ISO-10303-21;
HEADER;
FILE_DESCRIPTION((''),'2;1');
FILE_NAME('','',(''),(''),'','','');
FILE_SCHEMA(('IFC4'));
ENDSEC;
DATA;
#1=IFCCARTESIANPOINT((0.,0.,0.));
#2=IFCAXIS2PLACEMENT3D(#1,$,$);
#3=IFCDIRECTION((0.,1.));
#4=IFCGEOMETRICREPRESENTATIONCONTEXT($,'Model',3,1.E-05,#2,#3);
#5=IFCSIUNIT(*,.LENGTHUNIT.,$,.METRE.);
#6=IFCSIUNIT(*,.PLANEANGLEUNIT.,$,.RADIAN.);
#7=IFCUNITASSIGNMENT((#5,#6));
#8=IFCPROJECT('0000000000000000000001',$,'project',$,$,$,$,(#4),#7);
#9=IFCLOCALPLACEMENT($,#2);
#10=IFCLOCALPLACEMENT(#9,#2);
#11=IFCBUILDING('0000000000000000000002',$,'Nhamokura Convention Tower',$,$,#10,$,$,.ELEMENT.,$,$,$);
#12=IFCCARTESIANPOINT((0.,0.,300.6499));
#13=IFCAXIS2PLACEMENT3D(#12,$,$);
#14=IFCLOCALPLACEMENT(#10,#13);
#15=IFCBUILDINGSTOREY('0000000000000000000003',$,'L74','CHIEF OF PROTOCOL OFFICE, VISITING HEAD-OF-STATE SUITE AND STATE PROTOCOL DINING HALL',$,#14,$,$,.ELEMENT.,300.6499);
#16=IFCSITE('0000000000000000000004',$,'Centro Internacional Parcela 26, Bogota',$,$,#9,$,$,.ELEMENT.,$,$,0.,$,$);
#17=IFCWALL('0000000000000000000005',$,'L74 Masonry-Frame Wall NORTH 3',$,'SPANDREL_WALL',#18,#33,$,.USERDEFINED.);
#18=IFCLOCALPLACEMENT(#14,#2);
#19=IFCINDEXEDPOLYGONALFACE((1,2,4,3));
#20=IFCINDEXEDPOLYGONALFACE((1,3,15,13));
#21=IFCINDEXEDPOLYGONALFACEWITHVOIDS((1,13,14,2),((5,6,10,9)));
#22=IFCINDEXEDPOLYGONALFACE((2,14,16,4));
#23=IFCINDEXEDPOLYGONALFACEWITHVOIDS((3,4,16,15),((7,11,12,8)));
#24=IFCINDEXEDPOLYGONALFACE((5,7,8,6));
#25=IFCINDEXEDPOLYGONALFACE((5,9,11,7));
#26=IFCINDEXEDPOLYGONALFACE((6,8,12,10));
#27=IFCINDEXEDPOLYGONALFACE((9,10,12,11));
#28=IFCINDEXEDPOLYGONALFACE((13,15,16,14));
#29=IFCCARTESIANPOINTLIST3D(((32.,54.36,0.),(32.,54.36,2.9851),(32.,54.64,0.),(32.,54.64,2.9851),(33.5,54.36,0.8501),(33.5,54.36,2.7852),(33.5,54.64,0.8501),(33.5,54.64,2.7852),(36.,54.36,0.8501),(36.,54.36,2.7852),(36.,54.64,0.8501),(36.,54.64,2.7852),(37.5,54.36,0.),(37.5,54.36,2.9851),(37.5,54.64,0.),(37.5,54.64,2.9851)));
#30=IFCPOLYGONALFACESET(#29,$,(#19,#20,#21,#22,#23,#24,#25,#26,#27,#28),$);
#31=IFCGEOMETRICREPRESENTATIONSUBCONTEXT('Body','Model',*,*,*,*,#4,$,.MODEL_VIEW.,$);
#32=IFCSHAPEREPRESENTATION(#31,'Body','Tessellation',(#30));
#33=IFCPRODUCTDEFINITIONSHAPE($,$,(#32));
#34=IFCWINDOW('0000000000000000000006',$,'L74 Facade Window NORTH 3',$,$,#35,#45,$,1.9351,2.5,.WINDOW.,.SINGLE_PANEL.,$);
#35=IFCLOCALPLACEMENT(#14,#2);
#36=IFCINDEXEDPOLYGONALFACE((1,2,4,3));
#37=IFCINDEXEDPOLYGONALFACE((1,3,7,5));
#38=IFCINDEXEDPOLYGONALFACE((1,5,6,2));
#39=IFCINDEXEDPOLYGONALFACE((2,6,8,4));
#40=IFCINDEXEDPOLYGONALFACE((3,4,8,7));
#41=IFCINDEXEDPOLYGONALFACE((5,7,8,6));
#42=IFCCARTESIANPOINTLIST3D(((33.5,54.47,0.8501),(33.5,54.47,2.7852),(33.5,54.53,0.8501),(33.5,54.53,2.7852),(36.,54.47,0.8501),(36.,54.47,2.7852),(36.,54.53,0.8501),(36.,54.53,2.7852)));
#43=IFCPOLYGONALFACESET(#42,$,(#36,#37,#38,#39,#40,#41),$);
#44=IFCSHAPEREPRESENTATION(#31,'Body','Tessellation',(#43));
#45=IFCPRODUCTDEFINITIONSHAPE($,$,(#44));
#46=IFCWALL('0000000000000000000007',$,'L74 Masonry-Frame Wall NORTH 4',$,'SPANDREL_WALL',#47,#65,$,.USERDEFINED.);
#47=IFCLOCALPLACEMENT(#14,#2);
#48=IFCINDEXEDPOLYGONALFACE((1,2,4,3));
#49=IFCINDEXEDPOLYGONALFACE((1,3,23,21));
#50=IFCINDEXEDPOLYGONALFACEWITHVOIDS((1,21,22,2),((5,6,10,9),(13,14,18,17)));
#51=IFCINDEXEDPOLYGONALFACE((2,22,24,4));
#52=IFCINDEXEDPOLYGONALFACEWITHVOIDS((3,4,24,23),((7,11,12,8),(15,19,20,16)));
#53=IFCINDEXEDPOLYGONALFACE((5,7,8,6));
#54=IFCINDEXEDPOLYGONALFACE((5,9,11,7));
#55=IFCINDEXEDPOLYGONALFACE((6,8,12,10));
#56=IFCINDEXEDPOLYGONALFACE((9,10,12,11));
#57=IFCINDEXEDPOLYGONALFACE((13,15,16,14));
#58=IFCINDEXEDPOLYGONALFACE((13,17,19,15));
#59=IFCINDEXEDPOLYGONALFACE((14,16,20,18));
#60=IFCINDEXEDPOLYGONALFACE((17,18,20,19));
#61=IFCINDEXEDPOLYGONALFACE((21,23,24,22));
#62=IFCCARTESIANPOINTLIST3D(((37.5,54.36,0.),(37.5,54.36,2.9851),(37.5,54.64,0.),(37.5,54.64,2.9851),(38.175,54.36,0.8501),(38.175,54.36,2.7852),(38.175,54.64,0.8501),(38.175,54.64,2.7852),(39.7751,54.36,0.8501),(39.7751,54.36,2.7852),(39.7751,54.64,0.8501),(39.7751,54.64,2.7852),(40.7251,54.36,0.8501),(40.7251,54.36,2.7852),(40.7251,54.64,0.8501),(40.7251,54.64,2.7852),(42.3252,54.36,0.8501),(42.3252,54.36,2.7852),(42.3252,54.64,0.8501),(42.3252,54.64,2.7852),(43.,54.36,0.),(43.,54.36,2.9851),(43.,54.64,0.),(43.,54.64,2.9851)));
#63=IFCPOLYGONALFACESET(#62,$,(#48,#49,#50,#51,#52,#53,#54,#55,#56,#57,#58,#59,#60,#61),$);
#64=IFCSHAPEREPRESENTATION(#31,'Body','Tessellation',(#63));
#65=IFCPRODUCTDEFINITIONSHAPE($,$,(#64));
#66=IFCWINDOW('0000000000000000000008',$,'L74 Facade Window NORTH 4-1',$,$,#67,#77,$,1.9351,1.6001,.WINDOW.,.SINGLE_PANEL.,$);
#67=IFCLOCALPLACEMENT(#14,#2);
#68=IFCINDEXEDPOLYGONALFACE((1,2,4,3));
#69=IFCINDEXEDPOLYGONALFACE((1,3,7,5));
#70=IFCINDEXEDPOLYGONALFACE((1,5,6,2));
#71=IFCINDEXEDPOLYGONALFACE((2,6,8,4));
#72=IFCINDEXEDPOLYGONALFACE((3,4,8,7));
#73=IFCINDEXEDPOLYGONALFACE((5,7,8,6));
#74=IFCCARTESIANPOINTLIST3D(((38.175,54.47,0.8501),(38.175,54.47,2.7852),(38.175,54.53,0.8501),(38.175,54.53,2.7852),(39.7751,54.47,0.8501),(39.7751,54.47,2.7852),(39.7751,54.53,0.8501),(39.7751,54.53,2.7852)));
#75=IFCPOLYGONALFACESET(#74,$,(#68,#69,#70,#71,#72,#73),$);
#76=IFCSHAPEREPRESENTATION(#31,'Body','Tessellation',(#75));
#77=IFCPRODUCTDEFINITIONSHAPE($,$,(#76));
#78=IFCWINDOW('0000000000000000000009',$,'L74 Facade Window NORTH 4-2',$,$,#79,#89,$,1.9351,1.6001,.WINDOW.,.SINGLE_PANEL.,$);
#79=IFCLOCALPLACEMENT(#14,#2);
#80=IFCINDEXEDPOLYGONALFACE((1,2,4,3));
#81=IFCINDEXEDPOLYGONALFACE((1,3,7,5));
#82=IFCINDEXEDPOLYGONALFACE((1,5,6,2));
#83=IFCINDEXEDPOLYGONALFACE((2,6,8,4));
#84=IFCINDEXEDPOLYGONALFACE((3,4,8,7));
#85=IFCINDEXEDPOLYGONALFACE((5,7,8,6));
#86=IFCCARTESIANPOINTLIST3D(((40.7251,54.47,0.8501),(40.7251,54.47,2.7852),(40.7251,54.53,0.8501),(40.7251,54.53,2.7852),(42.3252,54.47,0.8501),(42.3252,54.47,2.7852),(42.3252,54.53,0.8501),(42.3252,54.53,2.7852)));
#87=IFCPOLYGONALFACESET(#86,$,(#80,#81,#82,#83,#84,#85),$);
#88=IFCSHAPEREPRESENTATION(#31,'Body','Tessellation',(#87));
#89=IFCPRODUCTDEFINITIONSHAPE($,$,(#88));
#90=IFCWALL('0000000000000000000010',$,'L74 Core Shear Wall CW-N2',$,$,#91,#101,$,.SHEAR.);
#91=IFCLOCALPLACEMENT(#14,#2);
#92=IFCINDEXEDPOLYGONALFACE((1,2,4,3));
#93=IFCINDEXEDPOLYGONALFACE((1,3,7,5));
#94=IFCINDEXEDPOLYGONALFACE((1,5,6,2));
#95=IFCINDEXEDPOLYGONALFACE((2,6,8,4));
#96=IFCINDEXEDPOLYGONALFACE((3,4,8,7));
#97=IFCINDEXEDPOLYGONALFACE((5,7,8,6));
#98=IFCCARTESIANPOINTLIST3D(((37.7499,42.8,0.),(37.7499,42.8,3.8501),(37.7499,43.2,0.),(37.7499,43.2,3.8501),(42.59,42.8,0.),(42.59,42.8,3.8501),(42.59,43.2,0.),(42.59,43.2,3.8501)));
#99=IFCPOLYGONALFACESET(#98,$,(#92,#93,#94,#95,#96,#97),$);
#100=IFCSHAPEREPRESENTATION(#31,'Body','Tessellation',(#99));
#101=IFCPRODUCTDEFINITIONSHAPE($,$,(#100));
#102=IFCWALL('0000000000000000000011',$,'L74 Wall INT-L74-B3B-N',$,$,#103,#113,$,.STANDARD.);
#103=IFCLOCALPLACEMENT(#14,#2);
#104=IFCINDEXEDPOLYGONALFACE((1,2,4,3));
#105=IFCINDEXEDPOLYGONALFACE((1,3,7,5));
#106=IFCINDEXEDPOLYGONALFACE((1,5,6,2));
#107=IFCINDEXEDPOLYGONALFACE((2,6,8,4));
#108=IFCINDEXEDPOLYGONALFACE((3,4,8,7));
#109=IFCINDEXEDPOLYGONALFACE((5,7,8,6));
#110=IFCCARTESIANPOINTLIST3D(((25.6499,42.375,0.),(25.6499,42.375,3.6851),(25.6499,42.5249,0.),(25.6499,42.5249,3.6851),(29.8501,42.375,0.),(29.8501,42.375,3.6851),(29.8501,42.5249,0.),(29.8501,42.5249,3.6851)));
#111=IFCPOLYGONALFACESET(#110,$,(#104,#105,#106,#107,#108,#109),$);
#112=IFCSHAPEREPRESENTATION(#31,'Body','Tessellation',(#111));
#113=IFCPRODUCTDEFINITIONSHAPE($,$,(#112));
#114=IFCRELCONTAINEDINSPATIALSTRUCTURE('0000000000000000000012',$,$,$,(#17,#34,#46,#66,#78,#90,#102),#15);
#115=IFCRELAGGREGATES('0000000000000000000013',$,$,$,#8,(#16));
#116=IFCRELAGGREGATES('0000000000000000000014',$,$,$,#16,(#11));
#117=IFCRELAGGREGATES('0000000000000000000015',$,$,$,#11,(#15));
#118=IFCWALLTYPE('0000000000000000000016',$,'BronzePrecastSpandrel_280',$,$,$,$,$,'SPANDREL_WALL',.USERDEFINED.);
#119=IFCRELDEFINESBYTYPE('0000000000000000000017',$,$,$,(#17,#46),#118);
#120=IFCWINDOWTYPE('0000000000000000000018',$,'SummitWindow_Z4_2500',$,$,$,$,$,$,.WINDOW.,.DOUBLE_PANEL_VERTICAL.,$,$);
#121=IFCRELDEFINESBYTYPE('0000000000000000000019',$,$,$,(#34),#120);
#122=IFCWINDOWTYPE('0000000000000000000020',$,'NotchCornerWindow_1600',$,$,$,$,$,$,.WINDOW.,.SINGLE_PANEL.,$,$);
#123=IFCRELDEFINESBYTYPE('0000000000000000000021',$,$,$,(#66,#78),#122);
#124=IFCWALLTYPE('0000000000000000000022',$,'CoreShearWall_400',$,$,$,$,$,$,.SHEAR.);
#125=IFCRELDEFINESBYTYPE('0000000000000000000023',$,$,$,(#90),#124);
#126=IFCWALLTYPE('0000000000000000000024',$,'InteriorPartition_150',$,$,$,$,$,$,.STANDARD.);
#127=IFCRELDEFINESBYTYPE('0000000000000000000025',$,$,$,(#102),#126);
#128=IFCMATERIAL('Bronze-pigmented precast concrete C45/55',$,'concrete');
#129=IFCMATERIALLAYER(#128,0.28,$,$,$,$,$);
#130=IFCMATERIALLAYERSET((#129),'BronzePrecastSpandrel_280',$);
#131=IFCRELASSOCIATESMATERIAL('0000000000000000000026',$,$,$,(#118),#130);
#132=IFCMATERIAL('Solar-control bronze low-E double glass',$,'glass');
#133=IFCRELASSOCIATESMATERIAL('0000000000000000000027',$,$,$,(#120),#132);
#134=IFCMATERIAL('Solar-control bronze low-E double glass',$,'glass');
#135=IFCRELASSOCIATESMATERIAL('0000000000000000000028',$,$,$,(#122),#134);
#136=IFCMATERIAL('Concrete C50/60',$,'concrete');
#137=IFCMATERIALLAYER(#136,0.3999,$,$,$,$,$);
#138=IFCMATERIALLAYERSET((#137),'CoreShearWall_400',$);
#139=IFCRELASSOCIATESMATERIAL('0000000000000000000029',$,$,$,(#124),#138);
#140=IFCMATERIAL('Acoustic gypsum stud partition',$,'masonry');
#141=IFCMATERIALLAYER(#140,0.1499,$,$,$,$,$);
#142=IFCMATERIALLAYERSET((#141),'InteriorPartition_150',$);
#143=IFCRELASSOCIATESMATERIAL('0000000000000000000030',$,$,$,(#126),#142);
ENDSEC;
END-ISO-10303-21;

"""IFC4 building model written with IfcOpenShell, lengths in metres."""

from ifc_helpers import new_model, si_unit, direction, frame, frame_2d, origin, place, context, subcontext, project, spatial, rectangle, extrude, material, layer, layer_set, type_object, element, fill, save


model = new_model("IFC4")

# Units and contexts
model_context = context("Model", 3, precision=1e-05, world=origin(), true_north=direction((0.0, 1.0)))
body_context = subcontext(model_context, "Body", "Model", "MODEL_VIEW")
ifc_project = project(units=[si_unit("LENGTHUNIT", "METRE"), si_unit("PLANEANGLEUNIT", "RADIAN")], contexts=[model_context])

# Site, building, storey
site_placement = place(None, origin())
site = spatial("IfcSite", under=ifc_project, at=site_placement, Name="Centro Internacional Parcela 26, Bogota", CompositionType="ELEMENT", RefElevation=0.0)
building_placement = place(site_placement, origin())
building = spatial("IfcBuilding", under=site, at=building_placement, Name="Nhamokura Convention Tower", CompositionType="ELEMENT")
storey_placement = place(building_placement, frame((0.0, 0.0, 300.6499)))
storey = spatial("IfcBuildingStorey", under=building, at=storey_placement, Name="L74", Description="CHIEF OF PROTOCOL OFFICE, VISITING HEAD-OF-STATE SUITE AND STATE PROTOCOL DINING HALL", CompositionType="ELEMENT", Elevation=300.6499)

# Wall, opening, window
ifc_material_1 = material(Name="Bronze-pigmented precast concrete C45/55", Category="concrete")
ifc_layer_1 = layer(ifc_material_1, 0.28)
ifc_layer_set_1 = layer_set([ifc_layer_1], Name="BronzePrecastSpandrel_280")
wall_type_1 = type_object("IfcWallType", Name="BronzePrecastSpandrel_280", ElementType="SPANDREL_WALL", PredefinedType="USERDEFINED", material=ifc_layer_set_1)
ifc_material_2 = material(Name="Solar-control bronze low-E double glass", Category="glass")
window_type_1 = type_object("IfcWindowType", Name="SummitWindow_Z4_2500", PartitioningType="DOUBLE_PANEL_VERTICAL", PredefinedType="WINDOW", material=ifc_material_2)
wall_1_placement = place(storey_placement, frame((32.0, 54.5, 0.0), z_axis=(0.0, 0.0, 1.0), x_axis=(1.0, 0.0, 0.0)))
wall_1 = element("IfcWall", 1, at=wall_1_placement, inside=storey, type_object=wall_type_1, Name="L74 Masonry-Frame Wall NORTH 3", ObjectType="SPANDREL_WALL", PredefinedType="USERDEFINED", context=body_context, shape_type="SweptSolid", body=[
    extrude(rectangle(XDim=5.5, YDim=0.28, at=frame_2d((2.75, 0.0))), origin(), (0.0, 0.0, 1.0), 2.9851),
])
opening_1_placement = place(wall_1_placement, frame((1.5, 0.0, 0.8501)))
opening_1 = element("IfcOpeningElement", 2, at=opening_1_placement, cuts=wall_1, PredefinedType="OPENING", context=body_context, shape_type="SweptSolid", body=[
    extrude(rectangle(XDim=2.5, YDim=1.9351, at=frame_2d((1.25, 0.9675))), frame((0.0, 0.1499, 0.0), z_axis=(0.0, -1.0, 0.0), x_axis=(1.0, 0.0, 0.0)), (0.0, 0.0, 1.0), 0.3),
])
window_1_placement = place(opening_1_placement, origin())
window_1 = element("IfcWindow", 3, at=window_1_placement, inside=storey, type_object=window_type_1, Name="L74 Facade Window NORTH 3", OverallHeight=1.9351, OverallWidth=2.5, PartitioningType="SINGLE_PANEL", PredefinedType="WINDOW", context=body_context, shape_type="SweptSolid", body=[
    extrude(rectangle(XDim=2.5, YDim=1.9351, at=frame_2d((1.25, 0.9675))), frame((0.0, 0.03, 0.0), z_axis=(0.0, -1.0, 0.0), x_axis=(1.0, 0.0, 0.0)), (0.0, 0.0, 1.0), 0.0601),
])
fill(opening_1, window_1)

# Wall, openings, windows
wall_2_placement = place(storey_placement, frame((37.5, 54.5, 0.0), z_axis=(0.0, 0.0, 1.0), x_axis=(1.0, 0.0, 0.0)))
wall_2 = element("IfcWall", 4, at=wall_2_placement, inside=storey, type_object=wall_type_1, Name="L74 Masonry-Frame Wall NORTH 4", ObjectType="SPANDREL_WALL", PredefinedType="USERDEFINED", context=body_context, shape_type="SweptSolid", body=[
    extrude(rectangle(XDim=5.5, YDim=0.28, at=frame_2d((2.75, 0.0))), origin(), (0.0, 0.0, 1.0), 2.9851),
])
opening_2_placement = place(wall_2_placement, frame((0.675, 0.0, 0.8501)))
opening_2 = element("IfcOpeningElement", 5, at=opening_2_placement, cuts=wall_2, PredefinedType="OPENING", context=body_context, shape_type="SweptSolid", body=[
    extrude(rectangle(XDim=1.6001, YDim=1.9351, at=frame_2d((0.8, 0.9675))), frame((0.0, 0.1499, 0.0), z_axis=(0.0, -1.0, 0.0), x_axis=(1.0, 0.0, 0.0)), (0.0, 0.0, 1.0), 0.3),
])
opening_3_placement = place(wall_2_placement, frame((3.2251, 0.0, 0.8501)))
opening_3 = element("IfcOpeningElement", 6, at=opening_3_placement, cuts=wall_2, PredefinedType="OPENING", context=body_context, shape_type="SweptSolid", body=[
    extrude(rectangle(XDim=1.6001, YDim=1.9351, at=frame_2d((0.8, 0.9675))), frame((0.0, 0.1499, 0.0), z_axis=(0.0, -1.0, 0.0), x_axis=(1.0, 0.0, 0.0)), (0.0, 0.0, 1.0), 0.3),
])
ifc_material_3 = material(Name="Solar-control bronze low-E double glass", Category="glass")
window_type_2 = type_object("IfcWindowType", Name="NotchCornerWindow_1600", PartitioningType="SINGLE_PANEL", PredefinedType="WINDOW", material=ifc_material_3)
window_2_placement = place(opening_2_placement, origin())
window_2 = element("IfcWindow", 7, at=window_2_placement, inside=storey, type_object=window_type_2, Name="L74 Facade Window NORTH 4-1", OverallHeight=1.9351, OverallWidth=1.6001, PartitioningType="SINGLE_PANEL", PredefinedType="WINDOW", context=body_context, shape_type="SweptSolid", body=[
    extrude(rectangle(XDim=1.6001, YDim=1.9351, at=frame_2d((0.8, 0.9675))), frame((0.0, 0.03, 0.0), z_axis=(0.0, -1.0, 0.0), x_axis=(1.0, 0.0, 0.0)), (0.0, 0.0, 1.0), 0.0601),
])
fill(opening_2, window_2)
window_3_placement = place(opening_3_placement, origin())
window_3 = element("IfcWindow", 8, at=window_3_placement, inside=storey, type_object=window_type_2, Name="L74 Facade Window NORTH 4-2", OverallHeight=1.9351, OverallWidth=1.6001, PartitioningType="SINGLE_PANEL", PredefinedType="WINDOW", context=body_context, shape_type="SweptSolid", body=[
    extrude(rectangle(XDim=1.6001, YDim=1.9351, at=frame_2d((0.8, 0.9675))), frame((0.0, 0.03, 0.0), z_axis=(0.0, -1.0, 0.0), x_axis=(1.0, 0.0, 0.0)), (0.0, 0.0, 1.0), 0.0601),
])
fill(opening_3, window_3)

# Wall
ifc_material_4 = material(Name="Concrete C50/60", Category="concrete")
ifc_layer_2 = layer(ifc_material_4, 0.3999)
ifc_layer_set_2 = layer_set([ifc_layer_2], Name="CoreShearWall_400")
wall_type_2 = type_object("IfcWallType", Name="CoreShearWall_400", PredefinedType="SHEAR", material=ifc_layer_set_2)
wall_3_placement = place(storey_placement, frame((37.75, 43.0, 0.0), z_axis=(0.0, 0.0, 1.0), x_axis=(1.0, 0.0, 0.0)))
element("IfcWall", 9, at=wall_3_placement, inside=storey, type_object=wall_type_2, Name="L74 Core Shear Wall CW-N2", PredefinedType="SHEAR", context=body_context, shape_type="SweptSolid", body=[
    extrude(rectangle(XDim=4.8401, YDim=0.3999, at=frame_2d((2.4199, 0.0))), origin(), (0.0, 0.0, 1.0), 3.8501),
])

# Wall
ifc_material_5 = material(Name="Acoustic gypsum stud partition", Category="masonry")
ifc_layer_3 = layer(ifc_material_5, 0.1499)
ifc_layer_set_3 = layer_set([ifc_layer_3], Name="InteriorPartition_150")
wall_type_3 = type_object("IfcWallType", Name="InteriorPartition_150", PredefinedType="STANDARD", material=ifc_layer_set_3)
wall_4_placement = place(storey_placement, frame((25.6499, 42.45, 0.0), z_axis=(0.0, 0.0, 1.0), x_axis=(1.0, 0.0, 0.0)))
element("IfcWall", 10, at=wall_4_placement, inside=storey, type_object=wall_type_3, Name="L74 Wall INT-L74-B3B-N", PredefinedType="STANDARD", context=body_context, shape_type="SweptSolid", body=[
    extrude(rectangle(XDim=4.2002, YDim=0.1499, at=frame_2d((2.1001, 0.0))), origin(), (0.0, 0.0, 1.0), 3.6851),
])

save(model, "model.ifc")
